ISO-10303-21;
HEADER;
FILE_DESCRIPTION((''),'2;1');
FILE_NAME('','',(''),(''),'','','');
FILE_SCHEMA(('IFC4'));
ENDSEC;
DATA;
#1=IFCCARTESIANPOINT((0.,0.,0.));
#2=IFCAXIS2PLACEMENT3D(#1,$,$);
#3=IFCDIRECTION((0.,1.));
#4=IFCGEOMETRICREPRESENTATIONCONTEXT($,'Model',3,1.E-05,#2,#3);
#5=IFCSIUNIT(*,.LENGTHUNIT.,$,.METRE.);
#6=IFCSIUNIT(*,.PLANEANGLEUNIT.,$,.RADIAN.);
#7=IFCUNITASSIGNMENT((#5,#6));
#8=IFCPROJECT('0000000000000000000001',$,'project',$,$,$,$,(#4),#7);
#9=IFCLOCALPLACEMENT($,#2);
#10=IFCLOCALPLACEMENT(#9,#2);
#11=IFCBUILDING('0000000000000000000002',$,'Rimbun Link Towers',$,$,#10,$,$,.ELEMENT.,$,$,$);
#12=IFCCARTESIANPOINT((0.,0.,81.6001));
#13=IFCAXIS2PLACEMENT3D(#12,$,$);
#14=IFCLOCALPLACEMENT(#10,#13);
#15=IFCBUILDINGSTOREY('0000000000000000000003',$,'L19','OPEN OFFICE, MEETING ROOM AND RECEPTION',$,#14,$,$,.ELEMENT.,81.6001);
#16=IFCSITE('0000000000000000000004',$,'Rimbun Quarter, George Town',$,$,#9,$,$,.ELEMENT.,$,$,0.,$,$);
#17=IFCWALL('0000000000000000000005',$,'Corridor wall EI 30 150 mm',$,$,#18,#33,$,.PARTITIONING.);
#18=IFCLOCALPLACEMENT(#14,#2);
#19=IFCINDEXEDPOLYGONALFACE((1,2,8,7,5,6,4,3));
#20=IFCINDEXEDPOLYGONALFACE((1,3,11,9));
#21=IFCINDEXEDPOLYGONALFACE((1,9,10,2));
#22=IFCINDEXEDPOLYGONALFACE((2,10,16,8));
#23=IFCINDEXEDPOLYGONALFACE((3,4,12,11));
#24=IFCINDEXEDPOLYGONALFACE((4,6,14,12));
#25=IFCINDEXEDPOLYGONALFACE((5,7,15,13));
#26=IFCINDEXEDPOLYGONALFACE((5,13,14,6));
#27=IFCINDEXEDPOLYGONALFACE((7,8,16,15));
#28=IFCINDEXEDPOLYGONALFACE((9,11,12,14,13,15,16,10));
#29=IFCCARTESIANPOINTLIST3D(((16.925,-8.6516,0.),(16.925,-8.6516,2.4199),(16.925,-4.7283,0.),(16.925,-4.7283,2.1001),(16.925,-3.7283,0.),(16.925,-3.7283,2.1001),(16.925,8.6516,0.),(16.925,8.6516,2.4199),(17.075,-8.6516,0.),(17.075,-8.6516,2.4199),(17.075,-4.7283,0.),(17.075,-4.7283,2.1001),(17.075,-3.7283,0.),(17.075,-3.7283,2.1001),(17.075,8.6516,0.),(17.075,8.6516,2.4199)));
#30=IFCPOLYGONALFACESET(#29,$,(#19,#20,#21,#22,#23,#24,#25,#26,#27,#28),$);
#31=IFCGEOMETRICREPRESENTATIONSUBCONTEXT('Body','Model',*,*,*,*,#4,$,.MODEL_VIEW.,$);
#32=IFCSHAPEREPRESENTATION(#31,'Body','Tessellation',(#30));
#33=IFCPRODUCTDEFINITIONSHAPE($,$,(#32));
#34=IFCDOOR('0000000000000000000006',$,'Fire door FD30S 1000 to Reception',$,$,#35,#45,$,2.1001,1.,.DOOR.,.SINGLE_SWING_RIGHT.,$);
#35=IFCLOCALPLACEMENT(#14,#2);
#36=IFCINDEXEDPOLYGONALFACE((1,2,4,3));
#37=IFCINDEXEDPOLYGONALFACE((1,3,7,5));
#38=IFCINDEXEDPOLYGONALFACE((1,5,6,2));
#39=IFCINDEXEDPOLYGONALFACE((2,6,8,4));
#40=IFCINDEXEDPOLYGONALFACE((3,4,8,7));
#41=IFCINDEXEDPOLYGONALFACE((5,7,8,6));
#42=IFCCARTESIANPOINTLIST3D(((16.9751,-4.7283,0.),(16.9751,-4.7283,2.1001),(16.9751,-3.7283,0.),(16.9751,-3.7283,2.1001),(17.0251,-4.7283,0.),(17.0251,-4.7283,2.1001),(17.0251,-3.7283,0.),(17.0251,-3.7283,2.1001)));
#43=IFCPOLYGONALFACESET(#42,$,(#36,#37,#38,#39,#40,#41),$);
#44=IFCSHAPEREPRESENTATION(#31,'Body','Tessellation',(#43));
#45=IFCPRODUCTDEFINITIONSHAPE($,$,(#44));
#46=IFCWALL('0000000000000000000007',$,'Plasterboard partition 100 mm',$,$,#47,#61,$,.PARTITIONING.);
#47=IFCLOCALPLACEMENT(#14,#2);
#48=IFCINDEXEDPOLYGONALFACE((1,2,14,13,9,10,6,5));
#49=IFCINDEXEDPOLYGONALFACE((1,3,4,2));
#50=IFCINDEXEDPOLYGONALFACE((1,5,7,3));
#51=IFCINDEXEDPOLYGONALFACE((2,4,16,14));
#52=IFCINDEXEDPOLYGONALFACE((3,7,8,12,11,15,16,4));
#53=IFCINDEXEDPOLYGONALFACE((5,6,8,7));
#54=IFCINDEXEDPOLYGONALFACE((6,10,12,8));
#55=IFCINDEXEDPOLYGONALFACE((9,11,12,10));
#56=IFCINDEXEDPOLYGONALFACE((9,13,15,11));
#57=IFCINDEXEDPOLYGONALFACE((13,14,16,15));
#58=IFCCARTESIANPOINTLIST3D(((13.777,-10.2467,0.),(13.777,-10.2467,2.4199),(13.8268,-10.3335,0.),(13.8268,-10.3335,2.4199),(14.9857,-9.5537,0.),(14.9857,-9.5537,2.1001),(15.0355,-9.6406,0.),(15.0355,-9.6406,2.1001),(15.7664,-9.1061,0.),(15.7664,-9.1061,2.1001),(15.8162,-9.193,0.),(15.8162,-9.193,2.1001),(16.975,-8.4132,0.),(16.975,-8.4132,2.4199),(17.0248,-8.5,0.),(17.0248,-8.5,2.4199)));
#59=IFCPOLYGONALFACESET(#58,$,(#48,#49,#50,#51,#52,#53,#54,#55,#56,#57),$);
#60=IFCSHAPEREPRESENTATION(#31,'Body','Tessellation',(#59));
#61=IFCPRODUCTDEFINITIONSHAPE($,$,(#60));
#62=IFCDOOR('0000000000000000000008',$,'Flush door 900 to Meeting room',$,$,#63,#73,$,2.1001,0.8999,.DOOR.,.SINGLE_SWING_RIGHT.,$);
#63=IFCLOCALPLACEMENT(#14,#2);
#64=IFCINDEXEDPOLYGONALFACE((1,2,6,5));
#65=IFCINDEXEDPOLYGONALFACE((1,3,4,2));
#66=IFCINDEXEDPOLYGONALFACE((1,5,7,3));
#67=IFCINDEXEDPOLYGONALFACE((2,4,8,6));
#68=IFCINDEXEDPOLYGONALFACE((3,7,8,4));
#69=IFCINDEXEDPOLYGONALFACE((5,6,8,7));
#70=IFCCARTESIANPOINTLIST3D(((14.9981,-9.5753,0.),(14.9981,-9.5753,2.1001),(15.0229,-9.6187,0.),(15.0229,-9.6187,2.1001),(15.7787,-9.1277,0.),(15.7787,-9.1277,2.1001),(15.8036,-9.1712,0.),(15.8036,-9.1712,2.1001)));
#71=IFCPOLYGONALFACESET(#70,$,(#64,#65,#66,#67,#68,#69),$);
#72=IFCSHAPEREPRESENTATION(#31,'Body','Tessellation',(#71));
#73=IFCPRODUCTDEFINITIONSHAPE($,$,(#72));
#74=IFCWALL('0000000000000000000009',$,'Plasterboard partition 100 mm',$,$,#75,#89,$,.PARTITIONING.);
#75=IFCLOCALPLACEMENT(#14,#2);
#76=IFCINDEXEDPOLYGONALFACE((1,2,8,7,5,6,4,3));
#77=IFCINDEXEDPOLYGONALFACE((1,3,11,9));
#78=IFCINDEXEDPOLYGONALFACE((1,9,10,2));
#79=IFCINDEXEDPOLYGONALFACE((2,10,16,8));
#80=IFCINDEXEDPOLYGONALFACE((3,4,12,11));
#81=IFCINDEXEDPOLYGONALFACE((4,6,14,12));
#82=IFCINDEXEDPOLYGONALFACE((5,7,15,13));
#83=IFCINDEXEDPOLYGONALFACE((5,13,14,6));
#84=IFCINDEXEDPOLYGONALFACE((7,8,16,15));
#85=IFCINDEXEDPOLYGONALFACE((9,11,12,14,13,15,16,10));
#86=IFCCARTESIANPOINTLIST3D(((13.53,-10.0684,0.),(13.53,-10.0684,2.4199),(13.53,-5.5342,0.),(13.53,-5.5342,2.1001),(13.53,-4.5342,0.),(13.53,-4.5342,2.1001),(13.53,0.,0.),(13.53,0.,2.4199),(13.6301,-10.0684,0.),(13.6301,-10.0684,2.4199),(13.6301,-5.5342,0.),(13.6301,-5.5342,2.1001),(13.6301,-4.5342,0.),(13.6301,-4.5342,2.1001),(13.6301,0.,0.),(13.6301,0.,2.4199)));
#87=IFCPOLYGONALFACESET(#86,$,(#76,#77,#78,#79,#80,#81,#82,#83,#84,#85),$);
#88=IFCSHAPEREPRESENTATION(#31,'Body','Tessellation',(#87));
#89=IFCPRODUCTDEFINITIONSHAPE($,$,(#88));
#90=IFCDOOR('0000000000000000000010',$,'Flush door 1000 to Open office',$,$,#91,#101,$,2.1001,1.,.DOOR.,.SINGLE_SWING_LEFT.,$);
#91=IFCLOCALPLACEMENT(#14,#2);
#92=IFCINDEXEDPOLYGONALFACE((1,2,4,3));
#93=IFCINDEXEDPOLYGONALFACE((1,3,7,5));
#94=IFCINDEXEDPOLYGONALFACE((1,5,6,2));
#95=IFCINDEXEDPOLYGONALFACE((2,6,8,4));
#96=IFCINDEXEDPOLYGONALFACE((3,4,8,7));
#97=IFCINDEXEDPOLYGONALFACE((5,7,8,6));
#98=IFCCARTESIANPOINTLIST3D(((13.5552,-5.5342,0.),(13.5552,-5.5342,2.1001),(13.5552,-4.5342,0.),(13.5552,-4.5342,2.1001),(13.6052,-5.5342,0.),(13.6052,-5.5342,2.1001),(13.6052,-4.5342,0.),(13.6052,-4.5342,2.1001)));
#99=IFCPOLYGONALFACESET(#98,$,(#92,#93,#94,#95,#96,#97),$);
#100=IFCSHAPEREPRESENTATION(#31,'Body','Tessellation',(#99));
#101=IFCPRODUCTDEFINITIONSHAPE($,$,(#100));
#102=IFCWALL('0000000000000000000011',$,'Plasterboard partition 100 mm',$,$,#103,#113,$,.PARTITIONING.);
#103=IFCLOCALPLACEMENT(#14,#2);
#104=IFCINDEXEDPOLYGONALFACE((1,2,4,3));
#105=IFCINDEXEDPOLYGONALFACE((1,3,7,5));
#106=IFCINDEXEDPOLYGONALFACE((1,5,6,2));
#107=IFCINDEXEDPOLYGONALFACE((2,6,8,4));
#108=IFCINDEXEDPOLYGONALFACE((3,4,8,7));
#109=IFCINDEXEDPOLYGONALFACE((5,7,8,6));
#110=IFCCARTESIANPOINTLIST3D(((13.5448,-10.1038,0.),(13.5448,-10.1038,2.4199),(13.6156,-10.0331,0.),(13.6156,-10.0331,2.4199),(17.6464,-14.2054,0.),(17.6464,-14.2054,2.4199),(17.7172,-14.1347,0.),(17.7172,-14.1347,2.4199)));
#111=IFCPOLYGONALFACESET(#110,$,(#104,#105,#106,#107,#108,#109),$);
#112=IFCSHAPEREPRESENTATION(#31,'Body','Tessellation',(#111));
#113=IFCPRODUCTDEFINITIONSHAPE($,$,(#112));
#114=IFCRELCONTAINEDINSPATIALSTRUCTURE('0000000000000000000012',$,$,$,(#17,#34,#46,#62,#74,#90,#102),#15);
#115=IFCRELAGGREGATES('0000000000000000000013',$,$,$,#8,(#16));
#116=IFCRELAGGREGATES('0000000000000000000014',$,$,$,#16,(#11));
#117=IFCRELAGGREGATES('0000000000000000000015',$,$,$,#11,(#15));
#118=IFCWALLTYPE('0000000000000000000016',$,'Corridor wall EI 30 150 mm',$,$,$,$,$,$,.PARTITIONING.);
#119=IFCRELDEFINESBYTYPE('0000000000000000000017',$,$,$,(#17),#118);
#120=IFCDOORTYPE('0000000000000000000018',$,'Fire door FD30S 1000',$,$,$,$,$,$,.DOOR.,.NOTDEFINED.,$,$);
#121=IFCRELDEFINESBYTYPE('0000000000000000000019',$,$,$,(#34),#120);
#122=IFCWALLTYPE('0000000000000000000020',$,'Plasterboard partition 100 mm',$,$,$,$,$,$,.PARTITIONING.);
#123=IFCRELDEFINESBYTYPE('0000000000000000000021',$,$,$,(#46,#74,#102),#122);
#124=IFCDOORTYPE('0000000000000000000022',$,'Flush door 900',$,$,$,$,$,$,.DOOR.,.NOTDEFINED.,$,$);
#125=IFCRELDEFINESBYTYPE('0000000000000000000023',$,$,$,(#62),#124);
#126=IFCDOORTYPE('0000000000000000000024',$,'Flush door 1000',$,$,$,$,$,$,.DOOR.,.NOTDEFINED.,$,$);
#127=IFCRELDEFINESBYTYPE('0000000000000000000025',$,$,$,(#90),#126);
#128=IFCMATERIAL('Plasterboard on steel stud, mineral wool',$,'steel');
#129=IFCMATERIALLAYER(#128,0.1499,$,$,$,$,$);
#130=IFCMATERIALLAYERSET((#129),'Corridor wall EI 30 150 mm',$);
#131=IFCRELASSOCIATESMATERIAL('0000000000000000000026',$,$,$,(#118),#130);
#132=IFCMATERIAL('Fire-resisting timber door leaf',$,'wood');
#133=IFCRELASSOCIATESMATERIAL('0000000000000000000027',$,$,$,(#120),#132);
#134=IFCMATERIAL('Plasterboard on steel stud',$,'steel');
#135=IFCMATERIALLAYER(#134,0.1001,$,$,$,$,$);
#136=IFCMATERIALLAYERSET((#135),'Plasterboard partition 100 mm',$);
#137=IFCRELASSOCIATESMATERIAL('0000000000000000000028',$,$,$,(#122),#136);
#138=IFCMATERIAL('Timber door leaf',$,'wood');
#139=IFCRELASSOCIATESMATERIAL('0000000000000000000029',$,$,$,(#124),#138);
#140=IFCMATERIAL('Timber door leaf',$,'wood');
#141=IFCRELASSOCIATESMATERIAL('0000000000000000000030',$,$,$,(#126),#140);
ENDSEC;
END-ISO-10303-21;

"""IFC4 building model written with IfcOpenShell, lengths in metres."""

from ifc_helpers import new_model, si_unit, direction, frame, frame_2d, origin, place, context, subcontext, project, spatial, rectangle, extrude, material, layer, layer_set, type_object, element, fill, save


model = new_model("IFC4")

# Units and contexts
model_context = context("Model", 3, precision=1e-05, world=origin(), true_north=direction((0.0, 1.0)))
body_context = subcontext(model_context, "Body", "Model", "MODEL_VIEW")
ifc_project = project(units=[si_unit("LENGTHUNIT", "METRE"), si_unit("PLANEANGLEUNIT", "RADIAN")], contexts=[model_context])

# Site, building, storey
site_placement = place(None, origin())
site = spatial("IfcSite", under=ifc_project, at=site_placement, Name="Rimbun Quarter, George Town", CompositionType="ELEMENT", RefElevation=0.0)
building_placement = place(site_placement, origin())
building = spatial("IfcBuilding", under=site, at=building_placement, Name="Rimbun Link Towers", CompositionType="ELEMENT")
storey_placement = place(building_placement, frame((0.0, 0.0, 81.6001)))
storey = spatial("IfcBuildingStorey", under=building, at=storey_placement, Name="L19", Description="OPEN OFFICE, MEETING ROOM AND RECEPTION", CompositionType="ELEMENT", Elevation=81.6001)

# Shared definitions
ifc_material_1 = material(Name="Plasterboard on steel stud, mineral wool", Category="steel")
ifc_layer_1 = layer(ifc_material_1, 0.1499)
ifc_layer_set_1 = layer_set([ifc_layer_1], Name="Corridor wall EI 30 150 mm")
wall_type_1 = type_object("IfcWallType", Name="Corridor wall EI 30 150 mm", PredefinedType="PARTITIONING", material=ifc_layer_set_1)

# Walls, openings, doors
wall_1_placement = place(storey_placement, frame((17.0, -8.6516, 0.0), z_axis=(0.0, 0.0, 1.0), x_axis=(0.0, 1.0, 0.0)))
wall_1 = element("IfcWall", 1, at=wall_1_placement, inside=storey, type_object=wall_type_1, Name="Corridor wall EI 30 150 mm", PredefinedType="PARTITIONING", context=body_context, shape_type="SweptSolid", body=[
    extrude(rectangle(XDim=17.3032, YDim=0.1499, at=frame_2d((8.6516, 0.0))), origin(), (0.0, 0.0, 1.0), 2.4199),
])
opening_1_placement = place(wall_1_placement, frame((3.9233, 0.0, 0.0)))
opening_1 = element("IfcOpeningElement", 2, at=opening_1_placement, cuts=wall_1, PredefinedType="OPENING", context=body_context, shape_type="SweptSolid", body=[
    extrude(rectangle(XDim=1.0, YDim=2.1001, at=frame_2d((0.5, 1.05))), frame((0.0, 0.085, 0.0), z_axis=(0.0, -1.0, 0.0), x_axis=(1.0, 0.0, 0.0)), (0.0, 0.0, 1.0), 0.1699),
])
ifc_material_2 = material(Name="Fire-resisting timber door leaf", Category="wood")
door_type_1 = type_object("IfcDoorType", Name="Fire door FD30S 1000", OperationType="NOTDEFINED", PredefinedType="DOOR", material=ifc_material_2)
door_1_placement = place(opening_1_placement, origin())
door_1 = element("IfcDoor", 3, at=door_1_placement, inside=storey, type_object=door_type_1, Name="Fire door FD30S 1000 to Reception", OperationType="SINGLE_SWING_RIGHT", OverallHeight=2.1001, OverallWidth=1.0, PredefinedType="DOOR", context=body_context, shape_type="SweptSolid", body=[
    extrude(rectangle(XDim=1.0, YDim=2.1001, at=frame_2d((0.5, 1.05))), frame((0.0, 0.0249, 0.0), z_axis=(0.0, -1.0, 0.0), x_axis=(1.0, 0.0, 0.0)), (0.0, 0.0, 1.0), 0.05),
])
fill(opening_1, door_1)
ifc_material_3 = material(Name="Plasterboard on steel stud", Category="steel")
ifc_layer_2 = layer(ifc_material_3, 0.1001)
ifc_layer_set_2 = layer_set([ifc_layer_2], Name="Plasterboard partition 100 mm")
wall_type_2 = type_object("IfcWallType", Name="Plasterboard partition 100 mm", PredefinedType="PARTITIONING", material=ifc_layer_set_2)
wall_2_placement = place(storey_placement, frame((17.0, -8.4565, 0.0), z_axis=(0.0, 0.0, 1.0), x_axis=(-0.867533, -0.497379, 0.0)))
wall_2 = element("IfcWall", 4, at=wall_2_placement, inside=storey, type_object=wall_type_2, Name="Plasterboard partition 100 mm", PredefinedType="PARTITIONING", context=body_context, shape_type="SweptSolid", body=[
    extrude(rectangle(XDim=3.6863, YDim=0.1001, at=frame_2d((1.8433, 0.0))), origin(), (0.0, 0.0, 1.0), 2.4199),
])
opening_2_placement = place(wall_2_placement, frame((1.3933, 0.0, 0.0)))
opening_2 = element("IfcOpeningElement", 5, at=opening_2_placement, cuts=wall_2, PredefinedType="OPENING", context=body_context, shape_type="SweptSolid", body=[
    extrude(rectangle(XDim=0.8999, YDim=2.1001, at=frame_2d((0.45, 1.05))), frame((0.0, 0.0601, 0.0), z_axis=(0.0, -1.0, 0.0), x_axis=(1.0, 0.0, 0.0)), (0.0, 0.0, 1.0), 0.1201),
])
ifc_material_4 = material(Name="Timber door leaf", Category="wood")
door_type_2 = type_object("IfcDoorType", Name="Flush door 900", OperationType="NOTDEFINED", PredefinedType="DOOR", material=ifc_material_4)
door_2_placement = place(opening_2_placement, origin())
door_2 = element("IfcDoor", 6, at=door_2_placement, inside=storey, type_object=door_type_2, Name="Flush door 900 to Meeting room", OperationType="SINGLE_SWING_RIGHT", OverallHeight=2.1001, OverallWidth=0.8999, PredefinedType="DOOR", context=body_context, shape_type="SweptSolid", body=[
    extrude(rectangle(XDim=0.8999, YDim=2.1001, at=frame_2d((0.45, 1.05))), frame((0.0, 0.0249, 0.0), z_axis=(0.0, -1.0, 0.0), x_axis=(1.0, 0.0, 0.0)), (0.0, 0.0, 1.0), 0.05),
])
fill(opening_2, door_2)
wall_3_placement = place(storey_placement, frame((13.5801, -10.0684, 0.0), z_axis=(0.0, 0.0, 1.0), x_axis=(0.0, 1.0, 0.0)))
wall_3 = element("IfcWall", 7, at=wall_3_placement, inside=storey, type_object=wall_type_2, Name="Plasterboard partition 100 mm", PredefinedType="PARTITIONING", context=body_context, shape_type="SweptSolid", body=[
    extrude(rectangle(XDim=10.0684, YDim=0.1001, at=frame_2d((5.0342, 0.0))), origin(), (0.0, 0.0, 1.0), 2.4199),
])
opening_3_placement = place(wall_3_placement, frame((4.5342, 0.0, 0.0)))
opening_3 = element("IfcOpeningElement", 8, at=opening_3_placement, cuts=wall_3, PredefinedType="OPENING", context=body_context, shape_type="SweptSolid", body=[
    extrude(rectangle(XDim=1.0, YDim=2.1001, at=frame_2d((0.5, 1.05))), frame((0.0, 0.0601, 0.0), z_axis=(0.0, -1.0, 0.0), x_axis=(1.0, 0.0, 0.0)), (0.0, 0.0, 1.0), 0.1201),
])
ifc_material_5 = material(Name="Timber door leaf", Category="wood")
door_type_3 = type_object("IfcDoorType", Name="Flush door 1000", OperationType="NOTDEFINED", PredefinedType="DOOR", material=ifc_material_5)
door_3_placement = place(opening_3_placement, origin())
door_3 = element("IfcDoor", 9, at=door_3_placement, inside=storey, type_object=door_type_3, Name="Flush door 1000 to Open office", OperationType="SINGLE_SWING_LEFT", OverallHeight=2.1001, OverallWidth=1.0, PredefinedType="DOOR", context=body_context, shape_type="SweptSolid", body=[
    extrude(rectangle(XDim=1.0, YDim=2.1001, at=frame_2d((0.5, 1.05))), frame((0.0, 0.0249, 0.0), z_axis=(0.0, -1.0, 0.0), x_axis=(1.0, 0.0, 0.0)), (0.0, 0.0, 1.0), 0.05),
])
fill(opening_3, door_3)

# Wall
wall_4_placement = place(storey_placement, frame((13.5801, -10.0684, 0.0), z_axis=(0.0, 0.0, 1.0), x_axis=(0.707107, -0.707107, 0.0)))
element("IfcWall", 10, at=wall_4_placement, inside=storey, type_object=wall_type_2, Name="Plasterboard partition 100 mm", PredefinedType="PARTITIONING", context=body_context, shape_type="SweptSolid", body=[
    extrude(rectangle(XDim=5.8005, YDim=0.1001, at=frame_2d((2.9004, 0.0))), origin(), (0.0, 0.0, 1.0), 2.4199),
])

save(model, "model.ifc")
